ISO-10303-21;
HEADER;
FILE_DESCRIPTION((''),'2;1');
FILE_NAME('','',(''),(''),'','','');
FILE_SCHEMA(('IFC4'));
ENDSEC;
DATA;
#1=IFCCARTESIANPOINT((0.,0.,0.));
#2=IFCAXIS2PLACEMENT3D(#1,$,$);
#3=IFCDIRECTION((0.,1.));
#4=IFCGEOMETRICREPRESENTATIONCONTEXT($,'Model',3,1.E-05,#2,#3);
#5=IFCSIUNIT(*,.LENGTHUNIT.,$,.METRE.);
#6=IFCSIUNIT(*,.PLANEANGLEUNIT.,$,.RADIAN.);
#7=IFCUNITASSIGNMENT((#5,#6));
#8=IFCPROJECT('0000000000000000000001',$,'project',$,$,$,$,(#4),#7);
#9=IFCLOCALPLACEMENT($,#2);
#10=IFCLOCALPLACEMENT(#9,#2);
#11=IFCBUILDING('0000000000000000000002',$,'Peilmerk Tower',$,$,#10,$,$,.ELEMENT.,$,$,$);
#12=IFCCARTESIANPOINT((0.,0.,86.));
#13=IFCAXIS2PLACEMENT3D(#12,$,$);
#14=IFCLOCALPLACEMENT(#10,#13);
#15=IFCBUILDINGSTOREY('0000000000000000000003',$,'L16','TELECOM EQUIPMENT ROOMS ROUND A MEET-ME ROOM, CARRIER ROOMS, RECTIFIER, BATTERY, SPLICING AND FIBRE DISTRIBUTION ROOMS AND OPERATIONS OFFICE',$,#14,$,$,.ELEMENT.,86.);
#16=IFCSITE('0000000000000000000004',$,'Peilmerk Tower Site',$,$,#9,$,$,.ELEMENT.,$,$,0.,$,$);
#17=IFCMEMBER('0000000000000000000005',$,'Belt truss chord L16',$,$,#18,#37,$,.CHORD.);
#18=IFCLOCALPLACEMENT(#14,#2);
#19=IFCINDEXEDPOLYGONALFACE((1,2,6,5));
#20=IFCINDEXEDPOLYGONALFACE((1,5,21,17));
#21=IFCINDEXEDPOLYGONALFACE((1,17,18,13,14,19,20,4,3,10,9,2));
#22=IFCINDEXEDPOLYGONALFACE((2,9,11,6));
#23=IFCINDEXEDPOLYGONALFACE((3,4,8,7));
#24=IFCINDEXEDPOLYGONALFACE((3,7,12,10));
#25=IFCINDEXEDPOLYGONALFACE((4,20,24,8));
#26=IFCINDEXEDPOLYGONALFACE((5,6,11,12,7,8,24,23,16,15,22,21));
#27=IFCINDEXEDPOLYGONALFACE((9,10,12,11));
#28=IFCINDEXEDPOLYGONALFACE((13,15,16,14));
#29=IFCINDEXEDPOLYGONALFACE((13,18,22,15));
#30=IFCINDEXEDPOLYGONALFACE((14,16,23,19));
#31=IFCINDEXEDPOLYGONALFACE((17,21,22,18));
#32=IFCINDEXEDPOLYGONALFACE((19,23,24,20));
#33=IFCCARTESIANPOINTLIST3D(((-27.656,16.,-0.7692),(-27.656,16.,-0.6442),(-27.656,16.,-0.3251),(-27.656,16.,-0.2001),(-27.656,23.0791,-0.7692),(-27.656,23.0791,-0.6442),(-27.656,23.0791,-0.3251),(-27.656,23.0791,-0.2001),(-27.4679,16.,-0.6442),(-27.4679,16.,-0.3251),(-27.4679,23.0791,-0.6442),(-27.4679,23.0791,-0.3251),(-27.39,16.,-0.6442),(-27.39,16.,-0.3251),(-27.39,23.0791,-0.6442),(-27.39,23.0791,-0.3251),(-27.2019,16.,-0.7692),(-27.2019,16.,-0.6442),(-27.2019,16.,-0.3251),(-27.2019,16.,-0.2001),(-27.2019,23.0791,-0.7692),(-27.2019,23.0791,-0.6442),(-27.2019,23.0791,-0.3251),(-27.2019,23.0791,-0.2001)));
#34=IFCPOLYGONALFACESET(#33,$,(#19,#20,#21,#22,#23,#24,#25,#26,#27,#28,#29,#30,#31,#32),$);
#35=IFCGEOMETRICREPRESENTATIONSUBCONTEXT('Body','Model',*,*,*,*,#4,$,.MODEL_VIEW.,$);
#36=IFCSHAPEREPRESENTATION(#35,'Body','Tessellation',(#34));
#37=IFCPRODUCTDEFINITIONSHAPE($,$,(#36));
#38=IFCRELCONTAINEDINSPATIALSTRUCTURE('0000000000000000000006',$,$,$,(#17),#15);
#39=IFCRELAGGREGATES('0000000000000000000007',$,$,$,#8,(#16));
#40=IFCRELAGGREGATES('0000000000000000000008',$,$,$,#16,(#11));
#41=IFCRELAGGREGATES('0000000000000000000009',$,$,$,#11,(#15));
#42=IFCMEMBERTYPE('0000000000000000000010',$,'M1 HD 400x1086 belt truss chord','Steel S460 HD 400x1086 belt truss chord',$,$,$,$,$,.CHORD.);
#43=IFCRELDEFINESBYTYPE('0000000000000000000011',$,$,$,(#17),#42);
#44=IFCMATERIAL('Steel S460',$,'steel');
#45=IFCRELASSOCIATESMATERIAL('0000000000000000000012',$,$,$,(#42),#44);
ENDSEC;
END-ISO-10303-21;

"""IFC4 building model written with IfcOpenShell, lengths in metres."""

from ifc_helpers import new_model, si_unit, direction, frame, origin, origin_2d, place, context, subcontext, project, spatial, i_section, extrude, material, material_profile, profile_set, type_object, element, save


model = new_model("IFC4")

# Units and contexts
model_context = context("Model", 3, precision=1e-05, world=origin(), true_north=direction((0.0, 1.0)))
body_context = subcontext(model_context, "Body", "Model", "MODEL_VIEW")
ifc_project = project(units=[si_unit("LENGTHUNIT", "METRE"), si_unit("PLANEANGLEUNIT", "RADIAN")], contexts=[model_context])

# Site, building, storey
site_placement = place(None, origin())
site = spatial("IfcSite", under=ifc_project, at=site_placement, Name="Peilmerk Tower Site", CompositionType="ELEMENT", RefElevation=0.0)
building_placement = place(site_placement, origin())
building = spatial("IfcBuilding", under=site, at=building_placement, Name="Peilmerk Tower", CompositionType="ELEMENT")
storey_placement = place(building_placement, frame((0.0, 0.0, 86.0)))
storey = spatial("IfcBuildingStorey", under=building, at=storey_placement, Name="L16", Description="TELECOM EQUIPMENT ROOMS ROUND A MEET-ME ROOM, CARRIER ROOMS, RECTIFIER, BATTERY, SPLICING AND FIBRE DISTRIBUTION ROOMS AND OPERATIONS OFFICE", CompositionType="ELEMENT", Elevation=86.0)

# Shared definitions
ifc_material_1 = material(Name="Steel S460", Category="steel")

# Member
ifc_material_profile_1 = material_profile(ifc_material_1, i_section(OverallWidth=0.4541, OverallDepth=0.5691, WebThickness=0.0779, FlangeThickness=0.125, at=origin_2d()), Name="HD 400x1086")
ifc_profile_set_1 = profile_set([ifc_material_profile_1], Name="Steel S460")
member_type = type_object("IfcMemberType", Name="M1 HD 400x1086 belt truss chord", Description="Steel S460 HD 400x1086 belt truss chord", PredefinedType="CHORD", material=ifc_profile_set_1)
for number, where, z_axis, x_axis, name in (
    (1, (-27.429, 23.0791, -0.4846), (0.0, -1.0, 0.0), (1.0, 0.0, 0.0), "Belt truss chord L16"),
):
    element("IfcMember", number, at=place(storey_placement, frame(where, z_axis=z_axis, x_axis=x_axis)), inside=storey, type_object=member_type, Name=name, PredefinedType="CHORD", context=body_context, shape_type="SweptSolid", body=[
        extrude(i_section(OverallWidth=0.4541, OverallDepth=0.5691, WebThickness=0.0779, FlangeThickness=0.125, at=origin_2d()), origin(), (0.0, 0.0, 1.0), 7.0791),
    ])

save(model, "model.ifc")
